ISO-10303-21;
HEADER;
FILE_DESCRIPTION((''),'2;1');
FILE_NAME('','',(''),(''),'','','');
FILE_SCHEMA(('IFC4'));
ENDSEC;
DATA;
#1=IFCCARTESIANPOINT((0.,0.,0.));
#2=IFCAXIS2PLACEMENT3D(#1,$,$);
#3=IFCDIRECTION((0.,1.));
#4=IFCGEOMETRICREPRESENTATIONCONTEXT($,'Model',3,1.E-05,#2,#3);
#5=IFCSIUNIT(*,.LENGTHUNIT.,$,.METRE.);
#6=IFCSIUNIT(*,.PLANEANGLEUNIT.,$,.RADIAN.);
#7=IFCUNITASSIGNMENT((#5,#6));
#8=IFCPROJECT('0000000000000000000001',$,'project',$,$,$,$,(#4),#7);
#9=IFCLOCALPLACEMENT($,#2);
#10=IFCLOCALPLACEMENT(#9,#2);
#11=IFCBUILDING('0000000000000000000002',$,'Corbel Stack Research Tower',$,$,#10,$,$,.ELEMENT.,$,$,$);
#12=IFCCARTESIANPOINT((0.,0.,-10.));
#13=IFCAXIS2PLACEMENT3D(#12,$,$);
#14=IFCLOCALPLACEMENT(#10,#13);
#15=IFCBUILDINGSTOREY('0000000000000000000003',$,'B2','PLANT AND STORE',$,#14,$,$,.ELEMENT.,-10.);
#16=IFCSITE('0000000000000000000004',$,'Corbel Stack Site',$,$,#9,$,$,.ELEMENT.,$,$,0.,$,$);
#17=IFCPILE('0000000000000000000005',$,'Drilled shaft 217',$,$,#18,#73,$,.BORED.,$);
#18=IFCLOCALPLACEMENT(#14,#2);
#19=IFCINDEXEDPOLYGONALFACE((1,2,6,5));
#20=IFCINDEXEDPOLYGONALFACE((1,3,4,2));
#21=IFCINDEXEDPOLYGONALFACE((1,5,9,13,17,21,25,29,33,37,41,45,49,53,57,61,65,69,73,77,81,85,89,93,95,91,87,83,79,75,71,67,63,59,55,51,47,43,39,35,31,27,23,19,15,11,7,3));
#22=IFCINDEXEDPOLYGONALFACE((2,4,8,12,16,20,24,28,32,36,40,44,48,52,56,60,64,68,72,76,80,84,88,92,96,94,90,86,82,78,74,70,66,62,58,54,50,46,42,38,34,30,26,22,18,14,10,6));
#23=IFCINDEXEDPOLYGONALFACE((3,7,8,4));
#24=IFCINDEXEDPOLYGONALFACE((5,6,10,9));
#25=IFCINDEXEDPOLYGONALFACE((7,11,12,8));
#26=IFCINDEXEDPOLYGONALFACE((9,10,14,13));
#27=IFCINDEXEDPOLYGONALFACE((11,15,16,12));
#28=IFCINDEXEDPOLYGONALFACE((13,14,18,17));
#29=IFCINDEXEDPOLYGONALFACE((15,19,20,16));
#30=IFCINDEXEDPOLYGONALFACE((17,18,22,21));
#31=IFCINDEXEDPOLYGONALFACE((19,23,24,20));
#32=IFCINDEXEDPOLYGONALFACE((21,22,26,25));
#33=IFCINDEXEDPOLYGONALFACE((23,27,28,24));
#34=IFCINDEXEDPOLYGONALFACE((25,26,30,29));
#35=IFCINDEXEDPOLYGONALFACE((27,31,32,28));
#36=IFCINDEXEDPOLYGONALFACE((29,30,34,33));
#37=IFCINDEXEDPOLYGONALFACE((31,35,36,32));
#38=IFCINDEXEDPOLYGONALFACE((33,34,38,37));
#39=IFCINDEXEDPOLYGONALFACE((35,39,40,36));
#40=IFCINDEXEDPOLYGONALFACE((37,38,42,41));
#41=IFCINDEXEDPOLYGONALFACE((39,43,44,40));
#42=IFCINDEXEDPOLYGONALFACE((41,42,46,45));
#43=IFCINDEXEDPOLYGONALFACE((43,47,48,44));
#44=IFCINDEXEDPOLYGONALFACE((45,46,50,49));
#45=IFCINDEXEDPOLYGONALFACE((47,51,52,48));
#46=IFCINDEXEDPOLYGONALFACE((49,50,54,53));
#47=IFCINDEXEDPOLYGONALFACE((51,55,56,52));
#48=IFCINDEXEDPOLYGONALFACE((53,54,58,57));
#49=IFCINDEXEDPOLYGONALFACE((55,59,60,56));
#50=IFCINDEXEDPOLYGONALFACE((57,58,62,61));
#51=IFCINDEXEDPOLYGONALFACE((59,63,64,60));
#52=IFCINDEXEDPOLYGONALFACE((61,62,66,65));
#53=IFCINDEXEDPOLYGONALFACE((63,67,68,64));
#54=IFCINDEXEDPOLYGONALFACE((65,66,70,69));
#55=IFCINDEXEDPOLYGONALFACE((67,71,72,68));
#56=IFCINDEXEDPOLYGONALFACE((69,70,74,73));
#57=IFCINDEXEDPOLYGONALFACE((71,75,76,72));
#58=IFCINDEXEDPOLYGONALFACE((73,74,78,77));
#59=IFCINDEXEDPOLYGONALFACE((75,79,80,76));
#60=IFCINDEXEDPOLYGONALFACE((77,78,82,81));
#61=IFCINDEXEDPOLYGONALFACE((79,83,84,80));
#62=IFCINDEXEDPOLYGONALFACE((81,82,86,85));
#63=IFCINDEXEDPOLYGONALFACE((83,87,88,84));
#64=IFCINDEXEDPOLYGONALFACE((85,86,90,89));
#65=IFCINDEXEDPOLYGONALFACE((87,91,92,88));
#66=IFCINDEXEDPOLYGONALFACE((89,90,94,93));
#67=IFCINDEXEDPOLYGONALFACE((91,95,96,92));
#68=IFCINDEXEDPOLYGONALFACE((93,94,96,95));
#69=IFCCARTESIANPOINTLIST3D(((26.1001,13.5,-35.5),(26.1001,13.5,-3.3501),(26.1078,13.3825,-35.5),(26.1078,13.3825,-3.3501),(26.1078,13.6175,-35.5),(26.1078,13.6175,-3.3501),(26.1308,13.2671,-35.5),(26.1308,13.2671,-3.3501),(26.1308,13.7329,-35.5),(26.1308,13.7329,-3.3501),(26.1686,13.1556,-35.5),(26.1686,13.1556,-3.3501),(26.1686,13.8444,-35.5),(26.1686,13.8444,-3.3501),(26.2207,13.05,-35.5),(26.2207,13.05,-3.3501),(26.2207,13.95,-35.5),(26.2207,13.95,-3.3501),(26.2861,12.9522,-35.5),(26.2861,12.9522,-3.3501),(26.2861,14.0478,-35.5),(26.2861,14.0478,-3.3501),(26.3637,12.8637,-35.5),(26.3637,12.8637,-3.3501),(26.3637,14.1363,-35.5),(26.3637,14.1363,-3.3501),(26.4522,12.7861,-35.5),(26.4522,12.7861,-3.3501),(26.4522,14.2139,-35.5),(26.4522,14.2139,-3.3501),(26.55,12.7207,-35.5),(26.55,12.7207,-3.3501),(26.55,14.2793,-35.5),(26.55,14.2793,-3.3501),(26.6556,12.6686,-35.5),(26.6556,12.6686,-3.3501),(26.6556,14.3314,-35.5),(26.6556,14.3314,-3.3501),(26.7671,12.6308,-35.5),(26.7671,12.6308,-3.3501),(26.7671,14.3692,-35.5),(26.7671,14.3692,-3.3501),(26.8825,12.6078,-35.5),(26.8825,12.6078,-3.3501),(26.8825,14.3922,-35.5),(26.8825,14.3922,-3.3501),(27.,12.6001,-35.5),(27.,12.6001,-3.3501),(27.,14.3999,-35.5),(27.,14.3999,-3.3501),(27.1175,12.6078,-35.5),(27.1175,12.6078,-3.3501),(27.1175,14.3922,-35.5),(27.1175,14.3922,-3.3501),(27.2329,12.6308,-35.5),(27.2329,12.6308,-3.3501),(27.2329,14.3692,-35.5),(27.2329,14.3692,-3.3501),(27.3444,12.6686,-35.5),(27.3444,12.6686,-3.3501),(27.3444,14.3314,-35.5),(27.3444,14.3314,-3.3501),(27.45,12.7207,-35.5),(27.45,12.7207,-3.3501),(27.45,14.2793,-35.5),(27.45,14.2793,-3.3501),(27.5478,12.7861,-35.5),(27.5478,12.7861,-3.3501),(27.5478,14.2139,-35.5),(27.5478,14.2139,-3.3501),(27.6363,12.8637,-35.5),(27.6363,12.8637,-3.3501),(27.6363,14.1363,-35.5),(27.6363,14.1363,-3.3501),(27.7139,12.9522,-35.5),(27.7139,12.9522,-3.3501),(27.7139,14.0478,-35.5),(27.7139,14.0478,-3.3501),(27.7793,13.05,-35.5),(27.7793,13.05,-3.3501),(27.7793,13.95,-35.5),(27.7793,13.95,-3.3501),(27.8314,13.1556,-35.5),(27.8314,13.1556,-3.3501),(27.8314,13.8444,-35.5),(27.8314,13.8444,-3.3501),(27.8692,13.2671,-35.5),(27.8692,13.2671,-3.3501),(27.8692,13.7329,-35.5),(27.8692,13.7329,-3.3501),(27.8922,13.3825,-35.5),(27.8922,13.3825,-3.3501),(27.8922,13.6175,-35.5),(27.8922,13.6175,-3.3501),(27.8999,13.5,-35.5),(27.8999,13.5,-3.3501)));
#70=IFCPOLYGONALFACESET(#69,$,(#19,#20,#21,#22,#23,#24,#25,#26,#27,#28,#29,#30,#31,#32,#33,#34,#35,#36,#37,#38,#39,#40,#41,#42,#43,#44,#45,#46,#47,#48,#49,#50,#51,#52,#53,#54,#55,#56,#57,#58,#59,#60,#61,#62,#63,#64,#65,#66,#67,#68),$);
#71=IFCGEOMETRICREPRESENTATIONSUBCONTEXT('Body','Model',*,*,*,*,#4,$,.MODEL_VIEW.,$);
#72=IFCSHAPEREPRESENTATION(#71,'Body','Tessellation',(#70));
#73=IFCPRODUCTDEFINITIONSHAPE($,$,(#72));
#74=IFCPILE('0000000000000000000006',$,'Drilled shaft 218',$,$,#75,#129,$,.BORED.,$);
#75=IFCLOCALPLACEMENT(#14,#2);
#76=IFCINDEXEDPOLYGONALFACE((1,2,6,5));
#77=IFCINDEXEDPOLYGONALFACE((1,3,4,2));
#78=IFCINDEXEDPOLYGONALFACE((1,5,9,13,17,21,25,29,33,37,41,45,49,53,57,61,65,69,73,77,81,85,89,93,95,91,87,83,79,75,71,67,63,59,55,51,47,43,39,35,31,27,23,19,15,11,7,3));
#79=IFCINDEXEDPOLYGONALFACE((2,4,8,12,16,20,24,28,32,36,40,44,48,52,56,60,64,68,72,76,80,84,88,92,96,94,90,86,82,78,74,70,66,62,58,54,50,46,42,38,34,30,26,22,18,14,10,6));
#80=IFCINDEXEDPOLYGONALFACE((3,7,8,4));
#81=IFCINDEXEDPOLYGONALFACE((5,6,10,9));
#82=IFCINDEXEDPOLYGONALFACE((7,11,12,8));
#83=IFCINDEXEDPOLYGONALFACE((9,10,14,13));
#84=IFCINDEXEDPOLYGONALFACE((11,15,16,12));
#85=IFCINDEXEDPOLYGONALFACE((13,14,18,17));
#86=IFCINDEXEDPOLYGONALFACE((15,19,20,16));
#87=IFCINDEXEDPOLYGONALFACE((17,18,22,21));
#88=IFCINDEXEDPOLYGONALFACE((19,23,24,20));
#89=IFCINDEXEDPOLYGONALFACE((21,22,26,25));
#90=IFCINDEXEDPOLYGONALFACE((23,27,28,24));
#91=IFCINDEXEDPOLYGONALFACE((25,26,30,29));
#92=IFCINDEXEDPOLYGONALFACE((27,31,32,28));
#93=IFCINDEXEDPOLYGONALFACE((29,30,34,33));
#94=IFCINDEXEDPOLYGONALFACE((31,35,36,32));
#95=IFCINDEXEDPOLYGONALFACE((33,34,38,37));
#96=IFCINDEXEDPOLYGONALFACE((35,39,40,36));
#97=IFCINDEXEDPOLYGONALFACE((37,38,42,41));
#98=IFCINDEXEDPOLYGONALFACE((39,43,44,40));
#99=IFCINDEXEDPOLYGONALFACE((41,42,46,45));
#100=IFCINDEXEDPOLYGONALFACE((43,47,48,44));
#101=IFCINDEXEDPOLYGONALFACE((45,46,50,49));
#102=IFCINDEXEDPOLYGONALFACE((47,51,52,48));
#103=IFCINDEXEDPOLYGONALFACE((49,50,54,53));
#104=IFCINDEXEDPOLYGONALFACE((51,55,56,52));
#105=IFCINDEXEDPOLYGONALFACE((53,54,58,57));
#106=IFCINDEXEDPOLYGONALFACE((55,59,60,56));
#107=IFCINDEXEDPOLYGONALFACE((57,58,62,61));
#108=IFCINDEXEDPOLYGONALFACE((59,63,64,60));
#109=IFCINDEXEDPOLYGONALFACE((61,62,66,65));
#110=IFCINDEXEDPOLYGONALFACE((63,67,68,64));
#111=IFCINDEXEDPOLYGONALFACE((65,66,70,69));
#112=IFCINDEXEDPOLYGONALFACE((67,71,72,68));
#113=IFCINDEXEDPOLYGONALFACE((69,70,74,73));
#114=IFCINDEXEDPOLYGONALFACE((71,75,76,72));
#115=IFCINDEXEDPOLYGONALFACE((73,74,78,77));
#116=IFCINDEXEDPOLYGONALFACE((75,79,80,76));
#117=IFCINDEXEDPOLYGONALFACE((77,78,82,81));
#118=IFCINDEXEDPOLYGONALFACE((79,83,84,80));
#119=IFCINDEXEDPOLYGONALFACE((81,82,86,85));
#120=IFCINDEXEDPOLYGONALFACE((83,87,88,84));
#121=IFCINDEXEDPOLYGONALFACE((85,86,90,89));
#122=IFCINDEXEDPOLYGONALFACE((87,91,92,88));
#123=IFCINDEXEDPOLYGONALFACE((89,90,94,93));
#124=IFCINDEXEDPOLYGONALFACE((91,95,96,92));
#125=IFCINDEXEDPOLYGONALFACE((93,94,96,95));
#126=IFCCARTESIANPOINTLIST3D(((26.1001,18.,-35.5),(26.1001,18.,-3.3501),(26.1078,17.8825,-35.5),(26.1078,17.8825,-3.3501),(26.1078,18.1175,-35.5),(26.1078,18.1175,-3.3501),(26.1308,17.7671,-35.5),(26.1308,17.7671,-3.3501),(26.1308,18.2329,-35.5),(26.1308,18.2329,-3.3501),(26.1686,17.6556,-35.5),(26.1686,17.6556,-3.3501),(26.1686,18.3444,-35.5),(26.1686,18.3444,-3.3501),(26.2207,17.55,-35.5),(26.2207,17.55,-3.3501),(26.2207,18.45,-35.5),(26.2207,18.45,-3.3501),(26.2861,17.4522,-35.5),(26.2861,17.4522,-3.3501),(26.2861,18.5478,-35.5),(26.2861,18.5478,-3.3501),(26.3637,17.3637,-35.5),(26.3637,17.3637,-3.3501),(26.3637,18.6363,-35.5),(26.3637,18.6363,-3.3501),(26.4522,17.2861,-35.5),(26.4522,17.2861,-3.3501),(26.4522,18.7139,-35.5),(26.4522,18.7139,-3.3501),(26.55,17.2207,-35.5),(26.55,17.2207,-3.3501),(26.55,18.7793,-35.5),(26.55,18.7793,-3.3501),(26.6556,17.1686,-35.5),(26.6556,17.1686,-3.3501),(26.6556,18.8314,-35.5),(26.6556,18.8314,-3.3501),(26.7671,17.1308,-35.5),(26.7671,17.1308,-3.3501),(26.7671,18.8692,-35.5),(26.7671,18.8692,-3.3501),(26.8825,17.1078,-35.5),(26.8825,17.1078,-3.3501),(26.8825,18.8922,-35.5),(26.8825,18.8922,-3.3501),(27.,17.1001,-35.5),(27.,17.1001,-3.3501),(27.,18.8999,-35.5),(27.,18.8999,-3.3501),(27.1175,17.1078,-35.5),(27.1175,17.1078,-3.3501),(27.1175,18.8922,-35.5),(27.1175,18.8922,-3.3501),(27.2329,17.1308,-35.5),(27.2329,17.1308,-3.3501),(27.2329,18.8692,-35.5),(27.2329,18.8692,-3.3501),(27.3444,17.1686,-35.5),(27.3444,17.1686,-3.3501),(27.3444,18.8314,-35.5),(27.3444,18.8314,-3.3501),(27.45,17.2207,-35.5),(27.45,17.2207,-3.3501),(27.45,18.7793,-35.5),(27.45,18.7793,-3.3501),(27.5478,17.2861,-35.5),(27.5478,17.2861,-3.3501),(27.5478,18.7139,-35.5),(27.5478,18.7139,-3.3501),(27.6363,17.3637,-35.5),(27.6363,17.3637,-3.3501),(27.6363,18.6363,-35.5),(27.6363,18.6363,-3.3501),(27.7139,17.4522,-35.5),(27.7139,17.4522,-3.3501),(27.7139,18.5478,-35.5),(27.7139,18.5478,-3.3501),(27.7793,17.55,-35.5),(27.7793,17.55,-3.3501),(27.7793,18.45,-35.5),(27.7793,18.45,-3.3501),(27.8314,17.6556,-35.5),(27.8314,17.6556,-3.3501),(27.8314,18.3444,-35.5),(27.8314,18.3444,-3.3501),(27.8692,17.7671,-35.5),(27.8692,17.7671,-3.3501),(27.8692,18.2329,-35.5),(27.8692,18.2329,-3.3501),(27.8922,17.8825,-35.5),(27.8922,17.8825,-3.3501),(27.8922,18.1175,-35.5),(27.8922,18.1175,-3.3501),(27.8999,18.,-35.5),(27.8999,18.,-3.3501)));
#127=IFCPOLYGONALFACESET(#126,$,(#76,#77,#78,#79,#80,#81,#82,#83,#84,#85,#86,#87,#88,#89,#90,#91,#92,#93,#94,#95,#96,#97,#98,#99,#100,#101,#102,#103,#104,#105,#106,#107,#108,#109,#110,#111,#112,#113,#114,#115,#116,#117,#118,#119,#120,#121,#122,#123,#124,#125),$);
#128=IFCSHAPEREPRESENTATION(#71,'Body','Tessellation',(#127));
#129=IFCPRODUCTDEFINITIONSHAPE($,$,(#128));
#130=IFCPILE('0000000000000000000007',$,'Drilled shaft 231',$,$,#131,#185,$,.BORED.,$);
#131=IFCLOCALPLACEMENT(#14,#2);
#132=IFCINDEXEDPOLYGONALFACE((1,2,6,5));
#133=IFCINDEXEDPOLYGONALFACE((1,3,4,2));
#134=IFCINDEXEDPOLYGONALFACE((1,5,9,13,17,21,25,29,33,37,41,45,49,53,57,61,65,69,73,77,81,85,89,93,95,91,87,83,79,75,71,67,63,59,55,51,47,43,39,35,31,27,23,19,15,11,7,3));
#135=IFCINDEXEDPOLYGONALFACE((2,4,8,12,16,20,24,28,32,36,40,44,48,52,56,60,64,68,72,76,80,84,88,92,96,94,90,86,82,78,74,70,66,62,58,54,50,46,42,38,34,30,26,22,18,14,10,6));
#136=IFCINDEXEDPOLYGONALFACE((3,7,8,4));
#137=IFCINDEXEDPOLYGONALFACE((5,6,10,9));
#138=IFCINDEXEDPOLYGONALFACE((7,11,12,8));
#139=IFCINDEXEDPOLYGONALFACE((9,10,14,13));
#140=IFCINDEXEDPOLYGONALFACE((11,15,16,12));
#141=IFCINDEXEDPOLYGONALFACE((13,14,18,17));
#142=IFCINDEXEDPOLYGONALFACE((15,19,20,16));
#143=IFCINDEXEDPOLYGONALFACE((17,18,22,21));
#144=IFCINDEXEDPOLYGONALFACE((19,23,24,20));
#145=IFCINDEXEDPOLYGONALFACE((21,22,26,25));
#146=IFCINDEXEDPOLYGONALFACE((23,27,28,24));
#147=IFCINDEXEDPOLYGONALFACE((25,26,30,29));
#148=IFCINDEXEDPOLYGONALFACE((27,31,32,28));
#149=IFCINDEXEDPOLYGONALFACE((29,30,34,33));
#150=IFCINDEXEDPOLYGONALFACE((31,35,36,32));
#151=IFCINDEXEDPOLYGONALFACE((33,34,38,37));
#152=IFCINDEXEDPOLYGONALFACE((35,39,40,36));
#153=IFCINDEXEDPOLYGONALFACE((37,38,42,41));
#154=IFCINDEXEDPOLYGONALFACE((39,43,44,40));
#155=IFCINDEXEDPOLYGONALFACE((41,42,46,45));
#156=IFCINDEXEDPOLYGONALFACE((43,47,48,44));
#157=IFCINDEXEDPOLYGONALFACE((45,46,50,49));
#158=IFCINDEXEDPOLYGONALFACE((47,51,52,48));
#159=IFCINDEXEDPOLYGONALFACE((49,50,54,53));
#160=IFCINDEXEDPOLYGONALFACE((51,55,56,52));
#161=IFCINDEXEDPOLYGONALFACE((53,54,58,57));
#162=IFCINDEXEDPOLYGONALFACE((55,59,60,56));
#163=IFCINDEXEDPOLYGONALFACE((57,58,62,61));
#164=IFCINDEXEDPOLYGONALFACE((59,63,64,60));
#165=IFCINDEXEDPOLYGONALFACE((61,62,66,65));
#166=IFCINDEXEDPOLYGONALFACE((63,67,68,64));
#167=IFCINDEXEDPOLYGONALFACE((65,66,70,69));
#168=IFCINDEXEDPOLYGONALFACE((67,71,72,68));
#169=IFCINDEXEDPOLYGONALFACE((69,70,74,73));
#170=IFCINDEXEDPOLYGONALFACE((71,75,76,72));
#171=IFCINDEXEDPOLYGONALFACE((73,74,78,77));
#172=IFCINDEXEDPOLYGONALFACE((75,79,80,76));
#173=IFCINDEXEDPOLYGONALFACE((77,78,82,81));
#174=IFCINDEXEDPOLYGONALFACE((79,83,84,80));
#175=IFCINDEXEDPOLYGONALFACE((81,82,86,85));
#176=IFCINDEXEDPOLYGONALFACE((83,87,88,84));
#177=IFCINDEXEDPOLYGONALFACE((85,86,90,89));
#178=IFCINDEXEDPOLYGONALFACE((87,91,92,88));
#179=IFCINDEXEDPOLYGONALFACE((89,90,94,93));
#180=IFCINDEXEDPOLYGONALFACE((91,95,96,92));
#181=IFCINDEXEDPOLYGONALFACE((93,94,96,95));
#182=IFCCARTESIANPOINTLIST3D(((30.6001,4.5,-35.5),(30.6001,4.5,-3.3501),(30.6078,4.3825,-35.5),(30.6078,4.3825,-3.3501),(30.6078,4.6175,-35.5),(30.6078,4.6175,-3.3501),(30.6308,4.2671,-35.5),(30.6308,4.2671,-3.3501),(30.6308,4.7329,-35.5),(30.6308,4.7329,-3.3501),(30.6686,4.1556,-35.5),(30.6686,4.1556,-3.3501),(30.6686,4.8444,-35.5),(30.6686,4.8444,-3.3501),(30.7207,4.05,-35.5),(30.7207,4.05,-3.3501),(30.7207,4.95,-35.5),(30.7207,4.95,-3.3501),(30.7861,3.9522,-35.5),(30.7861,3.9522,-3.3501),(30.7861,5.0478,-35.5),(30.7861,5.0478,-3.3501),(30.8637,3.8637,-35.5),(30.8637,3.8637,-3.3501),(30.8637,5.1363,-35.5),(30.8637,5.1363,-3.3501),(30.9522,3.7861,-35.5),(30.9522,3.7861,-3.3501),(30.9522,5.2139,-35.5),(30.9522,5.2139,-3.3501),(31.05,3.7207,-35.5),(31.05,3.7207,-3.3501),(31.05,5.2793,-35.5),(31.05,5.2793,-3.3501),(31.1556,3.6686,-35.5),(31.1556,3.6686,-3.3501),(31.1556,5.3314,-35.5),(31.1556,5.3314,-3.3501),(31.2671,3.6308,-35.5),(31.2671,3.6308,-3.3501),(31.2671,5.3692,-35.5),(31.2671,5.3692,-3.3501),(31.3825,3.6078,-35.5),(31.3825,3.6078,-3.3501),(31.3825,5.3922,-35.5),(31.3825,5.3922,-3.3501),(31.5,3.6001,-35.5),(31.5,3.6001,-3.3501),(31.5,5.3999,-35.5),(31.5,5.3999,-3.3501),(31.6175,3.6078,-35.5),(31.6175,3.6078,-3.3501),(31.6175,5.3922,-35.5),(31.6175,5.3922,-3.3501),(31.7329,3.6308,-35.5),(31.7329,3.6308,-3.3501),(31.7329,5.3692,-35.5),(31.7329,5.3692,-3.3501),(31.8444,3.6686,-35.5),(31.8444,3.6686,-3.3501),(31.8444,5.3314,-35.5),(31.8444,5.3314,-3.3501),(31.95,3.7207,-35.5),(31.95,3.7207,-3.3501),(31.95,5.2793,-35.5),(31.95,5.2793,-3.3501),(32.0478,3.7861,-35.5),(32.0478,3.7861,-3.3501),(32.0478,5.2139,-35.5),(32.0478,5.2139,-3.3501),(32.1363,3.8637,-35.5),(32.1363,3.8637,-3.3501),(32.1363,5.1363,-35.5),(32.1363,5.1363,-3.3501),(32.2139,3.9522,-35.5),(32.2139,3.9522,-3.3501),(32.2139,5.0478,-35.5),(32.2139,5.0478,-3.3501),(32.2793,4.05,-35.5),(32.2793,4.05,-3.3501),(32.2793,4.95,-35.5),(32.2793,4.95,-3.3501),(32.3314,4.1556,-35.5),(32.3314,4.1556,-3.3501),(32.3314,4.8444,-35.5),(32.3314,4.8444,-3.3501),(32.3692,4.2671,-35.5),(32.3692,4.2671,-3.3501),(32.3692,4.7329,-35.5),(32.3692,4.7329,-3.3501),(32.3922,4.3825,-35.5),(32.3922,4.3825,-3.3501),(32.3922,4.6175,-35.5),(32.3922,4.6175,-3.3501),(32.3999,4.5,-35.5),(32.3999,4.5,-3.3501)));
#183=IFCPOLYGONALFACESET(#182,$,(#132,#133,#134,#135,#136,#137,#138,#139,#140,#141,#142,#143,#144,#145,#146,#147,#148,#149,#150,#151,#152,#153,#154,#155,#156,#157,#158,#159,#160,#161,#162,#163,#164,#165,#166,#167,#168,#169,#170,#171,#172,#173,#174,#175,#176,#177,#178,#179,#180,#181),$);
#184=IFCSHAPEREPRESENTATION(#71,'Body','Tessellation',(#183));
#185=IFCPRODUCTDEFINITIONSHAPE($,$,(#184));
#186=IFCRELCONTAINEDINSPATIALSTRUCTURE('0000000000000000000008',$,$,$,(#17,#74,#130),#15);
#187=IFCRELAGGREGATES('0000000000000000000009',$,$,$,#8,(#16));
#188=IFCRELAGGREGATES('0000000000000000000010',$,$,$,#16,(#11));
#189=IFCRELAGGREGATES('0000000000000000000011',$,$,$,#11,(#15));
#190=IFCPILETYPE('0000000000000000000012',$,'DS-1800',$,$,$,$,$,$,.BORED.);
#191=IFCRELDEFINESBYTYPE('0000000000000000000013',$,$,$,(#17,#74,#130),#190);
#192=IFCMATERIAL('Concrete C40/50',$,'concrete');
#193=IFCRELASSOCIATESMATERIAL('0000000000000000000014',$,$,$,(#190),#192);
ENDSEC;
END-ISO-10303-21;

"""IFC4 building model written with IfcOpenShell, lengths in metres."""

from ifc_helpers import new_model, si_unit, direction, frame, origin, origin_2d, place, context, subcontext, project, spatial, circle, extrude, material, material_profile, profile_set, type_object, element, save


model = new_model("IFC4")

# Units and contexts
model_context = context("Model", 3, precision=1e-05, world=origin(), true_north=direction((0.0, 1.0)))
body_context = subcontext(model_context, "Body", "Model", "MODEL_VIEW")
ifc_project = project(units=[si_unit("LENGTHUNIT", "METRE"), si_unit("PLANEANGLEUNIT", "RADIAN")], contexts=[model_context])

# Site, building, storey
site_placement = place(None, origin())
site = spatial("IfcSite", under=ifc_project, at=site_placement, Name="Corbel Stack Site", CompositionType="ELEMENT", RefElevation=0.0)
building_placement = place(site_placement, origin())
building = spatial("IfcBuilding", under=site, at=building_placement, Name="Corbel Stack Research Tower", CompositionType="ELEMENT")
storey_placement = place(building_placement, frame((0.0, 0.0, -10.0)))
storey = spatial("IfcBuildingStorey", under=building, at=storey_placement, Name="B2", Description="PLANT AND STORE", CompositionType="ELEMENT", Elevation=-10.0)

# Piles
ifc_material_1 = material(Name="Concrete C40/50", Category="concrete")
ifc_material_profile_1 = material_profile(ifc_material_1, circle(Radius=0.8999, at=origin_2d()), Name="Shaft 1800")
ifc_profile_set_1 = profile_set([ifc_material_profile_1], Name="Concrete C40/50")
pile_type = type_object("IfcPileType", Name="DS-1800", PredefinedType="BORED", material=ifc_profile_set_1)
for number, where, z_axis, x_axis, name in (
    (1, (27.0, 13.5, -3.3501), (0.0, 0.0, -1.0), (1.0, 0.0, 0.0), "Drilled shaft 217"),
    (2, (27.0, 18.0, -3.3501), (0.0, 0.0, -1.0), (1.0, 0.0, 0.0), "Drilled shaft 218"),
    (3, (31.5, 4.5, -3.3501), (0.0, 0.0, -1.0), (1.0, 0.0, 0.0), "Drilled shaft 231"),
):
    element("IfcPile", number, at=place(storey_placement, frame(where, z_axis=z_axis, x_axis=x_axis)), inside=storey, type_object=pile_type, Name=name, PredefinedType="BORED", context=body_context, shape_type="SweptSolid", body=[
        extrude(circle(Radius=0.8999, at=origin_2d()), origin(), (0.0, 0.0, 1.0), 32.1499),
    ])

save(model, "model.ifc")
